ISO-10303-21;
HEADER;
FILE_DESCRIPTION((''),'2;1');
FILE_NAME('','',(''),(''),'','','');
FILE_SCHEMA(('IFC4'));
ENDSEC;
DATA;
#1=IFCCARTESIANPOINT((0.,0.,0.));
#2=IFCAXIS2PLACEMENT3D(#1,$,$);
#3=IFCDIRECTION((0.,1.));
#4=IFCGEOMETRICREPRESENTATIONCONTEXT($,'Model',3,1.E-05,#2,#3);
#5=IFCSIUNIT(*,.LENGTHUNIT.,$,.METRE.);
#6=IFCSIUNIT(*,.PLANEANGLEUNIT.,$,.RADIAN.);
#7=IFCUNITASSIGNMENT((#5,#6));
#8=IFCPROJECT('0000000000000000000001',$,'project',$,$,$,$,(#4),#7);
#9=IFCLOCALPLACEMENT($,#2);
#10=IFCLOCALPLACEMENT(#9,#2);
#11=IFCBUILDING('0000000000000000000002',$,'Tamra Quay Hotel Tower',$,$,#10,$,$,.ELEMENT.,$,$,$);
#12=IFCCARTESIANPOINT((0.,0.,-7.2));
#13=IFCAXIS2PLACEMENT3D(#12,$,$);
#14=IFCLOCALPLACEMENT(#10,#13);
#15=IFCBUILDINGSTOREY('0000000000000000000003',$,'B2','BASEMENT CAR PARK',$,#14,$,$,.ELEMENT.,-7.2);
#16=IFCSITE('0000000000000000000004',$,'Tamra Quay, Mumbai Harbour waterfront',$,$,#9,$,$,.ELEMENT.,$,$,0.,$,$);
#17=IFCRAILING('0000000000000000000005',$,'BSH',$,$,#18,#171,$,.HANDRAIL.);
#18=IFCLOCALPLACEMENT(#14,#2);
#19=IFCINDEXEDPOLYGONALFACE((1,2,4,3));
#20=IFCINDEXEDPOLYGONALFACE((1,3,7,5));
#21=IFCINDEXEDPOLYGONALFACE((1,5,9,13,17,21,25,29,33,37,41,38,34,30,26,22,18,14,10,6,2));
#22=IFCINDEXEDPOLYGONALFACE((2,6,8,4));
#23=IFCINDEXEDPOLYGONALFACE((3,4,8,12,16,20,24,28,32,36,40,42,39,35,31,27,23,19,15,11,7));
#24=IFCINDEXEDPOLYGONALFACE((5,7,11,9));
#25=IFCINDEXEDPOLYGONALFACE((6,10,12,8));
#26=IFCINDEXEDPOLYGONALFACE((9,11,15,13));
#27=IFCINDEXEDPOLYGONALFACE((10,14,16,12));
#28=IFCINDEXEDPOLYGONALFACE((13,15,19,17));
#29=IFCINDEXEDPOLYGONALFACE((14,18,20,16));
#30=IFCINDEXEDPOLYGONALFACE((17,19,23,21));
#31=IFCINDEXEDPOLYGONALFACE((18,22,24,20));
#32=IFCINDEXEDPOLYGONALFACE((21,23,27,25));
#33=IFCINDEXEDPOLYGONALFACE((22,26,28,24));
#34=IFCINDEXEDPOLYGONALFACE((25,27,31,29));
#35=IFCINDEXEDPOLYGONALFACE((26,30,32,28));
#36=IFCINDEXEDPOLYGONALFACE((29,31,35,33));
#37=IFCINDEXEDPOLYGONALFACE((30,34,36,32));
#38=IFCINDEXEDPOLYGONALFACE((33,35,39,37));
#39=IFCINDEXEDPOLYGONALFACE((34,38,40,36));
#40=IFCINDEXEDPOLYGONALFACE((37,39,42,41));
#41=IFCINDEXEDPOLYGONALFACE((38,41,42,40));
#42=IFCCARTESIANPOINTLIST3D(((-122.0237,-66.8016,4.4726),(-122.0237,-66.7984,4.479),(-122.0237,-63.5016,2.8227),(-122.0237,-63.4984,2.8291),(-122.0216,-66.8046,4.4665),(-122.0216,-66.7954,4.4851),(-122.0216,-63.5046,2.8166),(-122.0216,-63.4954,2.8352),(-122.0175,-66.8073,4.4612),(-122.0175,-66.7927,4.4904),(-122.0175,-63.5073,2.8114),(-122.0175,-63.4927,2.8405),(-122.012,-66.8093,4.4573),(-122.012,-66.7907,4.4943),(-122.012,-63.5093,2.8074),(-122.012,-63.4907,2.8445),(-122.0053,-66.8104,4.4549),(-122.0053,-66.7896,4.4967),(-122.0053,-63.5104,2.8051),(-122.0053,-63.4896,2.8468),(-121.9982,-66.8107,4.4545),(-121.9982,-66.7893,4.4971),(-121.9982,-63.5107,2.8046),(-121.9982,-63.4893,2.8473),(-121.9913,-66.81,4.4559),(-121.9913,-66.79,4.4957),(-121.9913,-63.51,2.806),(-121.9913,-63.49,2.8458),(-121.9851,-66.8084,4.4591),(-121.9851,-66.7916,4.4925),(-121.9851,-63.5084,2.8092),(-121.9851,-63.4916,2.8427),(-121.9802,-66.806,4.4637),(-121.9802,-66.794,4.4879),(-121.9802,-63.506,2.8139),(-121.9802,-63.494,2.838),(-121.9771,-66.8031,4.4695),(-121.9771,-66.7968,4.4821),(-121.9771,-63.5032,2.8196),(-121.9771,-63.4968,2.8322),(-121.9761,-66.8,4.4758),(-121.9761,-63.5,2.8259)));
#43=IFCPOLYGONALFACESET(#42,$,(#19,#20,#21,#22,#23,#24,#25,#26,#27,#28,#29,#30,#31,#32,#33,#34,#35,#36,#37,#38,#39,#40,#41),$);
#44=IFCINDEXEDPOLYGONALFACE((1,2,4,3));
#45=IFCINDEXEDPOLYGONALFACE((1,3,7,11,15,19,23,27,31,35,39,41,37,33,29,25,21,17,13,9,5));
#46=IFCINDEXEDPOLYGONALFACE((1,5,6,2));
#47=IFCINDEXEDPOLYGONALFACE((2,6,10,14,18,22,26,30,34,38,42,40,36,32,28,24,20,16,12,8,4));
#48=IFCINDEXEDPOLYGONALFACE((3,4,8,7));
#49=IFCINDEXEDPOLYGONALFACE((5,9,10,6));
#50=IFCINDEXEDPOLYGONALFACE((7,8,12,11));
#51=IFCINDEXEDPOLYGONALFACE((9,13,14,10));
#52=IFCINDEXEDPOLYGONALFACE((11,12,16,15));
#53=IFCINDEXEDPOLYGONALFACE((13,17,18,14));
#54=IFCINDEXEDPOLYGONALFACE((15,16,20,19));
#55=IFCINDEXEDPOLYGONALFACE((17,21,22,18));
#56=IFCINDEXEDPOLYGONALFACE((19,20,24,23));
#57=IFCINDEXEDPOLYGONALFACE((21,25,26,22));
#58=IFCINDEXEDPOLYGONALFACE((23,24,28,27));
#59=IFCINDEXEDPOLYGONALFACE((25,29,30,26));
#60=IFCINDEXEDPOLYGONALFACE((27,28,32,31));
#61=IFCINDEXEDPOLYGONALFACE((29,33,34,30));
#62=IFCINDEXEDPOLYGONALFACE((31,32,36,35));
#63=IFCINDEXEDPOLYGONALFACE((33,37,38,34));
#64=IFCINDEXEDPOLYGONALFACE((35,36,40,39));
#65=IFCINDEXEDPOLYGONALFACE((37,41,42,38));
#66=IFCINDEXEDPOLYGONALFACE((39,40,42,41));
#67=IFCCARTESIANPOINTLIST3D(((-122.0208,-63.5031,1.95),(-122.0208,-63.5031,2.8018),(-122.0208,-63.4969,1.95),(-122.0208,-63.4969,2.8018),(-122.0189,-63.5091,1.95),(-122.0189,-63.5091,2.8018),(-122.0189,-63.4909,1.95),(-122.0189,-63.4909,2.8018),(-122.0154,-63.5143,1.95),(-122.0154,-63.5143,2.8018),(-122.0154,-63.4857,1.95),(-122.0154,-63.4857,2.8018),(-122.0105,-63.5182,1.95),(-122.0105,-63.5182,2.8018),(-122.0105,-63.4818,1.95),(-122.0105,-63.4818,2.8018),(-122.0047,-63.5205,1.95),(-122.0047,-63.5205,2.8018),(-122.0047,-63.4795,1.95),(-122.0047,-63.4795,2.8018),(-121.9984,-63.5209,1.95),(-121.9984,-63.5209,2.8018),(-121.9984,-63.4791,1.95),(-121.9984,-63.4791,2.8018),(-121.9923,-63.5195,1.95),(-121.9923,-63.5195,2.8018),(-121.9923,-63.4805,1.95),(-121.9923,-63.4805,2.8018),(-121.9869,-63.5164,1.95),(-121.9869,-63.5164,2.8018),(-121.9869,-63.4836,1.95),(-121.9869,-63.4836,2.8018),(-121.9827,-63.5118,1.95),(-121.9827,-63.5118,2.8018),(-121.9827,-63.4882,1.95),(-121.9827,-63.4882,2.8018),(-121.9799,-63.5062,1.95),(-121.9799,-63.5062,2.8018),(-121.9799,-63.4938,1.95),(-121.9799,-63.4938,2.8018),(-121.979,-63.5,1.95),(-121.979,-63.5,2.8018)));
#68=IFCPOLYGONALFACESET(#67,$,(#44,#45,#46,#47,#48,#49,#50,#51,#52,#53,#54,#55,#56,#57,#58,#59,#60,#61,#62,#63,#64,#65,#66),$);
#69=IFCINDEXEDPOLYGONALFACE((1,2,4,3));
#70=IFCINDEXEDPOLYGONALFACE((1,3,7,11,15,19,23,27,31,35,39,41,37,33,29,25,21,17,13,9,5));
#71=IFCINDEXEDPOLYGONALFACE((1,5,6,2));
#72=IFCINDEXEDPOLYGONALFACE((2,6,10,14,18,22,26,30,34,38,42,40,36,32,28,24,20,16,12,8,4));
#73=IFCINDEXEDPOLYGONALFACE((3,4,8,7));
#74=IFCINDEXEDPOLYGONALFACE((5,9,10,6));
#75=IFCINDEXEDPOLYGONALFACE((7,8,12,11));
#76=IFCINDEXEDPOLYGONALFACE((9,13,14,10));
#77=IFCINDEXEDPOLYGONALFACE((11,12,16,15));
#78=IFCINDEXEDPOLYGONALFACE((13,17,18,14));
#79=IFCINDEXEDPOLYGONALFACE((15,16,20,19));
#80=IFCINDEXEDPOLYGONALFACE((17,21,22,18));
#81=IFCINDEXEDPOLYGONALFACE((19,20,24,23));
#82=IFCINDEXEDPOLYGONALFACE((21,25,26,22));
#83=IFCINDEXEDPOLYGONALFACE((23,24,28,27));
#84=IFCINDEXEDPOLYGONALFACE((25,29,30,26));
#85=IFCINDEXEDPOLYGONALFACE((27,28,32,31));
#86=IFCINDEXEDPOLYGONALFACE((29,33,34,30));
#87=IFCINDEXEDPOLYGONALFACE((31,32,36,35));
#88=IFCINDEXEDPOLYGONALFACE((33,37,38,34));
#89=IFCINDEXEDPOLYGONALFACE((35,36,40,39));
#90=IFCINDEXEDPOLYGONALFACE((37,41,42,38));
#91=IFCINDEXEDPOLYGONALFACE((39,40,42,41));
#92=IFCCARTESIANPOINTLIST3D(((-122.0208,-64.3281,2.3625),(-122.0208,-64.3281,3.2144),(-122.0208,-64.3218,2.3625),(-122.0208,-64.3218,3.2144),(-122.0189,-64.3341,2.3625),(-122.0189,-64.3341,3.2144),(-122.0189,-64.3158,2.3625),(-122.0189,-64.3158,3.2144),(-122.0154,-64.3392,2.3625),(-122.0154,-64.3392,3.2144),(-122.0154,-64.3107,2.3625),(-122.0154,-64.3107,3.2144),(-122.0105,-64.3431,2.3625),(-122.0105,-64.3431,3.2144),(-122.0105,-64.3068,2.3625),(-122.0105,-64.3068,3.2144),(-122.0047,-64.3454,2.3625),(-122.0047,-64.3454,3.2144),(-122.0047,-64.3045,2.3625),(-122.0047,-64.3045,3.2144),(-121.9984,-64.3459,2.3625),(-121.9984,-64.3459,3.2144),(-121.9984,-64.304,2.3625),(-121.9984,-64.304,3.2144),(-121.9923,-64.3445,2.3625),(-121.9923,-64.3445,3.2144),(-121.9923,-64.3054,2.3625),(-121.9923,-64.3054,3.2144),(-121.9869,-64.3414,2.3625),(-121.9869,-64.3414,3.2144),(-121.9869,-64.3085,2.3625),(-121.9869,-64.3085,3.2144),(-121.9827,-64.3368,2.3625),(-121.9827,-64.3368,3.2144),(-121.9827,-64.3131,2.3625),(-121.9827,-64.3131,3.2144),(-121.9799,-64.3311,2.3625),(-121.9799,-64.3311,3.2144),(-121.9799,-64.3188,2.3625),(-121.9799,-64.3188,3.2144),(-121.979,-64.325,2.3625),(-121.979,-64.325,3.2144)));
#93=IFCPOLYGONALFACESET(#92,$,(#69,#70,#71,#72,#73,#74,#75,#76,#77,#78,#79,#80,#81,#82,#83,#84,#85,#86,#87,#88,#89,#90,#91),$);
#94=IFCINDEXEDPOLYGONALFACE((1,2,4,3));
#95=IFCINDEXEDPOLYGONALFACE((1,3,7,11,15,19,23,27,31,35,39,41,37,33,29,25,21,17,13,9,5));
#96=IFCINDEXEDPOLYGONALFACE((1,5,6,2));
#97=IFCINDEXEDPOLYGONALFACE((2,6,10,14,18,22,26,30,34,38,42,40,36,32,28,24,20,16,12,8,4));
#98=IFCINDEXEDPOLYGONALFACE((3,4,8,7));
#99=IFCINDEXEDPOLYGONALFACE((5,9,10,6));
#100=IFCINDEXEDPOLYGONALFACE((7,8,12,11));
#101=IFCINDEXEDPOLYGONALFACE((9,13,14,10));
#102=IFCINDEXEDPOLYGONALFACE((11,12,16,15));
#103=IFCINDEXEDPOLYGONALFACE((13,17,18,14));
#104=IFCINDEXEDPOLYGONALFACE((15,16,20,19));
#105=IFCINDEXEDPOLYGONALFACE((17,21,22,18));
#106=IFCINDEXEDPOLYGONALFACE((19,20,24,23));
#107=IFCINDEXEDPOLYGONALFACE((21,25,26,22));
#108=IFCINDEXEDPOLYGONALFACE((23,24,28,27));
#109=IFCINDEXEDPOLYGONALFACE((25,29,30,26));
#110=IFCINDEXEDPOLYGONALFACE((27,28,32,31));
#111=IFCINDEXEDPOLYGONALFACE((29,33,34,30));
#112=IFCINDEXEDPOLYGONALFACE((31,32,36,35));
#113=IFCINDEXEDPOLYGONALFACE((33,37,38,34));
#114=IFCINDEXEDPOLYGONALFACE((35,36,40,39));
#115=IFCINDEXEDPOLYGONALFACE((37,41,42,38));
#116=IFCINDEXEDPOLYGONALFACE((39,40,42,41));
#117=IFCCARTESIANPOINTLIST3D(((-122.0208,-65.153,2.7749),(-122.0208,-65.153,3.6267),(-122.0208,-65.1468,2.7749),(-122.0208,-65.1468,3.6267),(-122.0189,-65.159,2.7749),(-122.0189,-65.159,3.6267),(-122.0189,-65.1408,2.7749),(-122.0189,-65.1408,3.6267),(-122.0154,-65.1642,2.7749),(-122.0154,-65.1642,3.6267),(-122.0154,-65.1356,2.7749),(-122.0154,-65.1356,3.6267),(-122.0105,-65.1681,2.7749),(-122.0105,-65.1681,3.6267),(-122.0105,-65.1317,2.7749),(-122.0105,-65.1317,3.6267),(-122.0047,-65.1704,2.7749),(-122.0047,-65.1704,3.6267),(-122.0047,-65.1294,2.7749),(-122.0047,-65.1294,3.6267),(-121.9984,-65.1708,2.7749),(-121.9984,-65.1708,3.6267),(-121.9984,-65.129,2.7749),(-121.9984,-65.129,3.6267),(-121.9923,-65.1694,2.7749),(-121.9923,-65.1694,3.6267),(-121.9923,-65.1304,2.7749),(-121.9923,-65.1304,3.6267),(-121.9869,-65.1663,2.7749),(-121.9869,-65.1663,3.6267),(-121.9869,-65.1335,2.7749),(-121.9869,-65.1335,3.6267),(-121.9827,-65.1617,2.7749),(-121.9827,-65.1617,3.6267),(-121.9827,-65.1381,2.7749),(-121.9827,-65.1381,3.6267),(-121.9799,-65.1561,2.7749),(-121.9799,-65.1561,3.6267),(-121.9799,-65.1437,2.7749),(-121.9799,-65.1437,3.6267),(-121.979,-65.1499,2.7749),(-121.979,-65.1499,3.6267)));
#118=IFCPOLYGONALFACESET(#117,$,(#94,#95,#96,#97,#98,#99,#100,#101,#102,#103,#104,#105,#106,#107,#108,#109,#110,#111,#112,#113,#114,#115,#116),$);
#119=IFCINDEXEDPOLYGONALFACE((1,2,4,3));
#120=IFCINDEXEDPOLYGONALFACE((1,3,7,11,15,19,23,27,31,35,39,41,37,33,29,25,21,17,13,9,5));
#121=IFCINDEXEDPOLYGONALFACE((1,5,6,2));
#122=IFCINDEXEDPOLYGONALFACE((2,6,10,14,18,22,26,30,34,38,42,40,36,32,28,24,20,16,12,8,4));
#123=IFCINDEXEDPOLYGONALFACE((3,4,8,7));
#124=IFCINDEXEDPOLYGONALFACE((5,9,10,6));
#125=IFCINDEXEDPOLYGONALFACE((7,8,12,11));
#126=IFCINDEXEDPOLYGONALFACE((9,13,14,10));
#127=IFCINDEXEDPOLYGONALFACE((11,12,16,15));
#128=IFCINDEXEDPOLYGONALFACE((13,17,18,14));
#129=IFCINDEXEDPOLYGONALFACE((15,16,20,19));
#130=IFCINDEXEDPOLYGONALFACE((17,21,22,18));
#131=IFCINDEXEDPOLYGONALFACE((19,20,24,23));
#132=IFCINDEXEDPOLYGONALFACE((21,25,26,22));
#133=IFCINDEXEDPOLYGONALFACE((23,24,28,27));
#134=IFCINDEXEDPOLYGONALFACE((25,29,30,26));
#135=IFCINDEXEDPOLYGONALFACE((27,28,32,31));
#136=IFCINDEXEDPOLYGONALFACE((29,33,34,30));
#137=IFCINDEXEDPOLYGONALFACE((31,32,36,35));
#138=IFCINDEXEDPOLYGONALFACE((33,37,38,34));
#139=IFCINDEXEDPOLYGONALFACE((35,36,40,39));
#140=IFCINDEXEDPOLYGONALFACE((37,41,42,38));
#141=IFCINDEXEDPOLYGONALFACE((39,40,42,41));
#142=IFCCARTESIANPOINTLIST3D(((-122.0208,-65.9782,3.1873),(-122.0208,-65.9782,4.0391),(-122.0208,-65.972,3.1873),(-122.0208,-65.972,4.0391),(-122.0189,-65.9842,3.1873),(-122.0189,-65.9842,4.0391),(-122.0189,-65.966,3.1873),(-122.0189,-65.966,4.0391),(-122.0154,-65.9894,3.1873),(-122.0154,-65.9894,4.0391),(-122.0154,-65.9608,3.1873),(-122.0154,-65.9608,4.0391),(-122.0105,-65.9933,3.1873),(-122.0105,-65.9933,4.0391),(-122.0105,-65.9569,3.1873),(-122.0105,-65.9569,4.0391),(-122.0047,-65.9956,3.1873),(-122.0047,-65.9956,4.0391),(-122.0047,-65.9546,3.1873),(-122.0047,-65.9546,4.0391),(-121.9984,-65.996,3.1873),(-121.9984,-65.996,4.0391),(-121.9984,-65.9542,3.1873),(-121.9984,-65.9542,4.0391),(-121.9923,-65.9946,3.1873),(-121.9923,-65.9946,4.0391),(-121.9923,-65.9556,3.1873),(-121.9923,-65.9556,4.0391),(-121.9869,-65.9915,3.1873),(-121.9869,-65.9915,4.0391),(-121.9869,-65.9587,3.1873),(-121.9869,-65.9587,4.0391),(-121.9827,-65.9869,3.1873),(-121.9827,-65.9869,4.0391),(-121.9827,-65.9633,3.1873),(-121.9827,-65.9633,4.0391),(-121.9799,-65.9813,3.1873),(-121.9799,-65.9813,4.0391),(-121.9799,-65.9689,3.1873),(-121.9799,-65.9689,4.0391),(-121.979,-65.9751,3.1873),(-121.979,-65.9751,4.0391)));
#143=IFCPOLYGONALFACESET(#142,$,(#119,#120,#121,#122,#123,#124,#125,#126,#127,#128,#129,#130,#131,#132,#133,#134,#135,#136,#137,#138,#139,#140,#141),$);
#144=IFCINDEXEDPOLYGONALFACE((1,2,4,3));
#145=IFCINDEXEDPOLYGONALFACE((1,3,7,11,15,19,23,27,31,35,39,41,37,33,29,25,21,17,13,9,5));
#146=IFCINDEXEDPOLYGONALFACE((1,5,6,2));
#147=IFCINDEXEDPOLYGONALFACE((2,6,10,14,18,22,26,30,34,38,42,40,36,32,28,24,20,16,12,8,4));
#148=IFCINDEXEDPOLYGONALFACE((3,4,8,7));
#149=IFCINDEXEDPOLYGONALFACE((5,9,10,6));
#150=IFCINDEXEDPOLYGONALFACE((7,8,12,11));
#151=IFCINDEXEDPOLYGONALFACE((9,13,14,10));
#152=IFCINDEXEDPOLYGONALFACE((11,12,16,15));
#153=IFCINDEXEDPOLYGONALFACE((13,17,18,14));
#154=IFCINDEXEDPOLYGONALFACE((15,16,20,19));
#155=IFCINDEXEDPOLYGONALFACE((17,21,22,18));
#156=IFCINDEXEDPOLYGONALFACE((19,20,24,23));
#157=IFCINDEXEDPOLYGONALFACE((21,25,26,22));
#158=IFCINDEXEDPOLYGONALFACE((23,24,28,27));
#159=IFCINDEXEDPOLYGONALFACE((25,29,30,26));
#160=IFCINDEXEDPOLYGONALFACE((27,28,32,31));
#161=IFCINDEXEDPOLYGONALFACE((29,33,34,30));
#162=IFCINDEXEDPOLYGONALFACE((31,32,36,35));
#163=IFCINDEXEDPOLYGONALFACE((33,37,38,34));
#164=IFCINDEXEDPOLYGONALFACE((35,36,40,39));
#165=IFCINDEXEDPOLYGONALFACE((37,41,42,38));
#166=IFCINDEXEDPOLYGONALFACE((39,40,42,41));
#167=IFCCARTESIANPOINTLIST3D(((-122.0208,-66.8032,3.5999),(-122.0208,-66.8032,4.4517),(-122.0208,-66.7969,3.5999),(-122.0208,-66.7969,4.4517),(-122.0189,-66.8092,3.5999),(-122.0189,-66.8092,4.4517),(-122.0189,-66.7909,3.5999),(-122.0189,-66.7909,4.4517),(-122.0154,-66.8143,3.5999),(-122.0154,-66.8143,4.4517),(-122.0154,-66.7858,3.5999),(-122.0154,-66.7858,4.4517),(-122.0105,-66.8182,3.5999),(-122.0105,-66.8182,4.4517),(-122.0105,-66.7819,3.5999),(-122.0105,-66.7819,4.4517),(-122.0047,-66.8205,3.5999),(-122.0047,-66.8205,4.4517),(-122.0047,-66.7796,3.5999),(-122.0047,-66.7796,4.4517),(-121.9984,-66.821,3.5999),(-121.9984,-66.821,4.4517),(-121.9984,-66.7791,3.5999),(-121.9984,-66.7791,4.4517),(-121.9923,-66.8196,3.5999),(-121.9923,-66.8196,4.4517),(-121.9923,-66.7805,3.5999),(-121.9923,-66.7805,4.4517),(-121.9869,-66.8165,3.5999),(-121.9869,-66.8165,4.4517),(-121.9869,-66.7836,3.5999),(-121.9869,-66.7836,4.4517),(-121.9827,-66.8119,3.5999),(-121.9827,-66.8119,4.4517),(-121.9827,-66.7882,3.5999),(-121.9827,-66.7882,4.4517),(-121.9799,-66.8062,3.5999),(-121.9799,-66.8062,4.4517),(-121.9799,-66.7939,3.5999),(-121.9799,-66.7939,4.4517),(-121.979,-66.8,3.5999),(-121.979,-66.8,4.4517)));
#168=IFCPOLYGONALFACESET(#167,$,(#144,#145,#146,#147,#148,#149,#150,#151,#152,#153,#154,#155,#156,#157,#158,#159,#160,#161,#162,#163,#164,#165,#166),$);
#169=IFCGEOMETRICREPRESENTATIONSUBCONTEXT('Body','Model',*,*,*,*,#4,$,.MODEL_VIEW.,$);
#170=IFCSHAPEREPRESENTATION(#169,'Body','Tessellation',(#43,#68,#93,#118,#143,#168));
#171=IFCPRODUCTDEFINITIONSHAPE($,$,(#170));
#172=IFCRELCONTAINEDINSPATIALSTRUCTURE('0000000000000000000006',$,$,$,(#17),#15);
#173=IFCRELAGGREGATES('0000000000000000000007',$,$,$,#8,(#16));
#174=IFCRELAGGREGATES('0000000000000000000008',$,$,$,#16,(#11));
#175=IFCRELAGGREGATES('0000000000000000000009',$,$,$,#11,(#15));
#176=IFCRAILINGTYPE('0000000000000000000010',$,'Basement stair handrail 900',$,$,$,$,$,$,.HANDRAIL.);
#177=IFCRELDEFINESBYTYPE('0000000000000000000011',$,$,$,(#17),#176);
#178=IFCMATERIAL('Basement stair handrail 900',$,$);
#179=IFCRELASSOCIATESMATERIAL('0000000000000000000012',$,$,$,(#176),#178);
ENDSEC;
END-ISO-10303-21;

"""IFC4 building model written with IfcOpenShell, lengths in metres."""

from ifc_helpers import new_model, si_unit, direction, frame, origin, origin_2d, place, context, subcontext, project, spatial, circle, extrude, material, type_object, element, save


model = new_model("IFC4")

# Units and contexts
model_context = context("Model", 3, precision=1e-05, world=origin(), true_north=direction((0.0, 1.0)))
body_context = subcontext(model_context, "Body", "Model", "MODEL_VIEW")
ifc_project = project(units=[si_unit("LENGTHUNIT", "METRE"), si_unit("PLANEANGLEUNIT", "RADIAN")], contexts=[model_context])

# Site, building, storey
site_placement = place(None, origin())
site = spatial("IfcSite", under=ifc_project, at=site_placement, Name="Tamra Quay, Mumbai Harbour waterfront", CompositionType="ELEMENT", RefElevation=0.0)
building_placement = place(site_placement, origin())
building = spatial("IfcBuilding", under=site, at=building_placement, Name="Tamra Quay Hotel Tower", CompositionType="ELEMENT")
storey_placement = place(building_placement, frame((0.0, 0.0, -7.2)))
storey = spatial("IfcBuildingStorey", under=building, at=storey_placement, Name="B2", Description="BASEMENT CAR PARK", CompositionType="ELEMENT", Elevation=-7.2)

# Railing
ifc_material_1 = material(Name="Basement stair handrail 900")
railing_type_1 = type_object("IfcRailingType", Name="Basement stair handrail 900", PredefinedType="HANDRAIL", material=ifc_material_1)
railing_1_placement = place(storey_placement, frame((-122.0, -63.5, 1.95)))
element("IfcRailing", 1, at=railing_1_placement, inside=storey, type_object=railing_type_1, Name="BSH", PredefinedType="HANDRAIL", context=body_context, shape_type="SweptSolid", body=[
    extrude(circle(Radius=0.0239, at=origin_2d()), frame((0.0, 0.0, 0.876), z_axis=(0.0, -0.89444, 0.447187), x_axis=(1.0, 0.0, 0.0)), (0.0, 0.0, 1.0), 3.6895),
    extrude(circle(Radius=0.021, at=origin_2d()), origin(), (0.0, 0.0, 1.0), 0.8518),
    extrude(circle(Radius=0.021, at=origin_2d()), frame((0.0, -0.825, 0.4126)), (0.0, 0.0, 1.0), 0.8518),
    extrude(circle(Radius=0.021, at=origin_2d()), frame((0.0, -1.6499, 0.825)), (0.0, 0.0, 1.0), 0.8518),
    extrude(circle(Radius=0.021, at=origin_2d()), frame((0.0, -2.4751, 1.2373)), (0.0, 0.0, 1.0), 0.8518),
    extrude(circle(Radius=0.021, at=origin_2d()), frame((0.0, -3.3, 1.6499)), (0.0, 0.0, 1.0), 0.8518),
])

save(model, "model.ifc")
